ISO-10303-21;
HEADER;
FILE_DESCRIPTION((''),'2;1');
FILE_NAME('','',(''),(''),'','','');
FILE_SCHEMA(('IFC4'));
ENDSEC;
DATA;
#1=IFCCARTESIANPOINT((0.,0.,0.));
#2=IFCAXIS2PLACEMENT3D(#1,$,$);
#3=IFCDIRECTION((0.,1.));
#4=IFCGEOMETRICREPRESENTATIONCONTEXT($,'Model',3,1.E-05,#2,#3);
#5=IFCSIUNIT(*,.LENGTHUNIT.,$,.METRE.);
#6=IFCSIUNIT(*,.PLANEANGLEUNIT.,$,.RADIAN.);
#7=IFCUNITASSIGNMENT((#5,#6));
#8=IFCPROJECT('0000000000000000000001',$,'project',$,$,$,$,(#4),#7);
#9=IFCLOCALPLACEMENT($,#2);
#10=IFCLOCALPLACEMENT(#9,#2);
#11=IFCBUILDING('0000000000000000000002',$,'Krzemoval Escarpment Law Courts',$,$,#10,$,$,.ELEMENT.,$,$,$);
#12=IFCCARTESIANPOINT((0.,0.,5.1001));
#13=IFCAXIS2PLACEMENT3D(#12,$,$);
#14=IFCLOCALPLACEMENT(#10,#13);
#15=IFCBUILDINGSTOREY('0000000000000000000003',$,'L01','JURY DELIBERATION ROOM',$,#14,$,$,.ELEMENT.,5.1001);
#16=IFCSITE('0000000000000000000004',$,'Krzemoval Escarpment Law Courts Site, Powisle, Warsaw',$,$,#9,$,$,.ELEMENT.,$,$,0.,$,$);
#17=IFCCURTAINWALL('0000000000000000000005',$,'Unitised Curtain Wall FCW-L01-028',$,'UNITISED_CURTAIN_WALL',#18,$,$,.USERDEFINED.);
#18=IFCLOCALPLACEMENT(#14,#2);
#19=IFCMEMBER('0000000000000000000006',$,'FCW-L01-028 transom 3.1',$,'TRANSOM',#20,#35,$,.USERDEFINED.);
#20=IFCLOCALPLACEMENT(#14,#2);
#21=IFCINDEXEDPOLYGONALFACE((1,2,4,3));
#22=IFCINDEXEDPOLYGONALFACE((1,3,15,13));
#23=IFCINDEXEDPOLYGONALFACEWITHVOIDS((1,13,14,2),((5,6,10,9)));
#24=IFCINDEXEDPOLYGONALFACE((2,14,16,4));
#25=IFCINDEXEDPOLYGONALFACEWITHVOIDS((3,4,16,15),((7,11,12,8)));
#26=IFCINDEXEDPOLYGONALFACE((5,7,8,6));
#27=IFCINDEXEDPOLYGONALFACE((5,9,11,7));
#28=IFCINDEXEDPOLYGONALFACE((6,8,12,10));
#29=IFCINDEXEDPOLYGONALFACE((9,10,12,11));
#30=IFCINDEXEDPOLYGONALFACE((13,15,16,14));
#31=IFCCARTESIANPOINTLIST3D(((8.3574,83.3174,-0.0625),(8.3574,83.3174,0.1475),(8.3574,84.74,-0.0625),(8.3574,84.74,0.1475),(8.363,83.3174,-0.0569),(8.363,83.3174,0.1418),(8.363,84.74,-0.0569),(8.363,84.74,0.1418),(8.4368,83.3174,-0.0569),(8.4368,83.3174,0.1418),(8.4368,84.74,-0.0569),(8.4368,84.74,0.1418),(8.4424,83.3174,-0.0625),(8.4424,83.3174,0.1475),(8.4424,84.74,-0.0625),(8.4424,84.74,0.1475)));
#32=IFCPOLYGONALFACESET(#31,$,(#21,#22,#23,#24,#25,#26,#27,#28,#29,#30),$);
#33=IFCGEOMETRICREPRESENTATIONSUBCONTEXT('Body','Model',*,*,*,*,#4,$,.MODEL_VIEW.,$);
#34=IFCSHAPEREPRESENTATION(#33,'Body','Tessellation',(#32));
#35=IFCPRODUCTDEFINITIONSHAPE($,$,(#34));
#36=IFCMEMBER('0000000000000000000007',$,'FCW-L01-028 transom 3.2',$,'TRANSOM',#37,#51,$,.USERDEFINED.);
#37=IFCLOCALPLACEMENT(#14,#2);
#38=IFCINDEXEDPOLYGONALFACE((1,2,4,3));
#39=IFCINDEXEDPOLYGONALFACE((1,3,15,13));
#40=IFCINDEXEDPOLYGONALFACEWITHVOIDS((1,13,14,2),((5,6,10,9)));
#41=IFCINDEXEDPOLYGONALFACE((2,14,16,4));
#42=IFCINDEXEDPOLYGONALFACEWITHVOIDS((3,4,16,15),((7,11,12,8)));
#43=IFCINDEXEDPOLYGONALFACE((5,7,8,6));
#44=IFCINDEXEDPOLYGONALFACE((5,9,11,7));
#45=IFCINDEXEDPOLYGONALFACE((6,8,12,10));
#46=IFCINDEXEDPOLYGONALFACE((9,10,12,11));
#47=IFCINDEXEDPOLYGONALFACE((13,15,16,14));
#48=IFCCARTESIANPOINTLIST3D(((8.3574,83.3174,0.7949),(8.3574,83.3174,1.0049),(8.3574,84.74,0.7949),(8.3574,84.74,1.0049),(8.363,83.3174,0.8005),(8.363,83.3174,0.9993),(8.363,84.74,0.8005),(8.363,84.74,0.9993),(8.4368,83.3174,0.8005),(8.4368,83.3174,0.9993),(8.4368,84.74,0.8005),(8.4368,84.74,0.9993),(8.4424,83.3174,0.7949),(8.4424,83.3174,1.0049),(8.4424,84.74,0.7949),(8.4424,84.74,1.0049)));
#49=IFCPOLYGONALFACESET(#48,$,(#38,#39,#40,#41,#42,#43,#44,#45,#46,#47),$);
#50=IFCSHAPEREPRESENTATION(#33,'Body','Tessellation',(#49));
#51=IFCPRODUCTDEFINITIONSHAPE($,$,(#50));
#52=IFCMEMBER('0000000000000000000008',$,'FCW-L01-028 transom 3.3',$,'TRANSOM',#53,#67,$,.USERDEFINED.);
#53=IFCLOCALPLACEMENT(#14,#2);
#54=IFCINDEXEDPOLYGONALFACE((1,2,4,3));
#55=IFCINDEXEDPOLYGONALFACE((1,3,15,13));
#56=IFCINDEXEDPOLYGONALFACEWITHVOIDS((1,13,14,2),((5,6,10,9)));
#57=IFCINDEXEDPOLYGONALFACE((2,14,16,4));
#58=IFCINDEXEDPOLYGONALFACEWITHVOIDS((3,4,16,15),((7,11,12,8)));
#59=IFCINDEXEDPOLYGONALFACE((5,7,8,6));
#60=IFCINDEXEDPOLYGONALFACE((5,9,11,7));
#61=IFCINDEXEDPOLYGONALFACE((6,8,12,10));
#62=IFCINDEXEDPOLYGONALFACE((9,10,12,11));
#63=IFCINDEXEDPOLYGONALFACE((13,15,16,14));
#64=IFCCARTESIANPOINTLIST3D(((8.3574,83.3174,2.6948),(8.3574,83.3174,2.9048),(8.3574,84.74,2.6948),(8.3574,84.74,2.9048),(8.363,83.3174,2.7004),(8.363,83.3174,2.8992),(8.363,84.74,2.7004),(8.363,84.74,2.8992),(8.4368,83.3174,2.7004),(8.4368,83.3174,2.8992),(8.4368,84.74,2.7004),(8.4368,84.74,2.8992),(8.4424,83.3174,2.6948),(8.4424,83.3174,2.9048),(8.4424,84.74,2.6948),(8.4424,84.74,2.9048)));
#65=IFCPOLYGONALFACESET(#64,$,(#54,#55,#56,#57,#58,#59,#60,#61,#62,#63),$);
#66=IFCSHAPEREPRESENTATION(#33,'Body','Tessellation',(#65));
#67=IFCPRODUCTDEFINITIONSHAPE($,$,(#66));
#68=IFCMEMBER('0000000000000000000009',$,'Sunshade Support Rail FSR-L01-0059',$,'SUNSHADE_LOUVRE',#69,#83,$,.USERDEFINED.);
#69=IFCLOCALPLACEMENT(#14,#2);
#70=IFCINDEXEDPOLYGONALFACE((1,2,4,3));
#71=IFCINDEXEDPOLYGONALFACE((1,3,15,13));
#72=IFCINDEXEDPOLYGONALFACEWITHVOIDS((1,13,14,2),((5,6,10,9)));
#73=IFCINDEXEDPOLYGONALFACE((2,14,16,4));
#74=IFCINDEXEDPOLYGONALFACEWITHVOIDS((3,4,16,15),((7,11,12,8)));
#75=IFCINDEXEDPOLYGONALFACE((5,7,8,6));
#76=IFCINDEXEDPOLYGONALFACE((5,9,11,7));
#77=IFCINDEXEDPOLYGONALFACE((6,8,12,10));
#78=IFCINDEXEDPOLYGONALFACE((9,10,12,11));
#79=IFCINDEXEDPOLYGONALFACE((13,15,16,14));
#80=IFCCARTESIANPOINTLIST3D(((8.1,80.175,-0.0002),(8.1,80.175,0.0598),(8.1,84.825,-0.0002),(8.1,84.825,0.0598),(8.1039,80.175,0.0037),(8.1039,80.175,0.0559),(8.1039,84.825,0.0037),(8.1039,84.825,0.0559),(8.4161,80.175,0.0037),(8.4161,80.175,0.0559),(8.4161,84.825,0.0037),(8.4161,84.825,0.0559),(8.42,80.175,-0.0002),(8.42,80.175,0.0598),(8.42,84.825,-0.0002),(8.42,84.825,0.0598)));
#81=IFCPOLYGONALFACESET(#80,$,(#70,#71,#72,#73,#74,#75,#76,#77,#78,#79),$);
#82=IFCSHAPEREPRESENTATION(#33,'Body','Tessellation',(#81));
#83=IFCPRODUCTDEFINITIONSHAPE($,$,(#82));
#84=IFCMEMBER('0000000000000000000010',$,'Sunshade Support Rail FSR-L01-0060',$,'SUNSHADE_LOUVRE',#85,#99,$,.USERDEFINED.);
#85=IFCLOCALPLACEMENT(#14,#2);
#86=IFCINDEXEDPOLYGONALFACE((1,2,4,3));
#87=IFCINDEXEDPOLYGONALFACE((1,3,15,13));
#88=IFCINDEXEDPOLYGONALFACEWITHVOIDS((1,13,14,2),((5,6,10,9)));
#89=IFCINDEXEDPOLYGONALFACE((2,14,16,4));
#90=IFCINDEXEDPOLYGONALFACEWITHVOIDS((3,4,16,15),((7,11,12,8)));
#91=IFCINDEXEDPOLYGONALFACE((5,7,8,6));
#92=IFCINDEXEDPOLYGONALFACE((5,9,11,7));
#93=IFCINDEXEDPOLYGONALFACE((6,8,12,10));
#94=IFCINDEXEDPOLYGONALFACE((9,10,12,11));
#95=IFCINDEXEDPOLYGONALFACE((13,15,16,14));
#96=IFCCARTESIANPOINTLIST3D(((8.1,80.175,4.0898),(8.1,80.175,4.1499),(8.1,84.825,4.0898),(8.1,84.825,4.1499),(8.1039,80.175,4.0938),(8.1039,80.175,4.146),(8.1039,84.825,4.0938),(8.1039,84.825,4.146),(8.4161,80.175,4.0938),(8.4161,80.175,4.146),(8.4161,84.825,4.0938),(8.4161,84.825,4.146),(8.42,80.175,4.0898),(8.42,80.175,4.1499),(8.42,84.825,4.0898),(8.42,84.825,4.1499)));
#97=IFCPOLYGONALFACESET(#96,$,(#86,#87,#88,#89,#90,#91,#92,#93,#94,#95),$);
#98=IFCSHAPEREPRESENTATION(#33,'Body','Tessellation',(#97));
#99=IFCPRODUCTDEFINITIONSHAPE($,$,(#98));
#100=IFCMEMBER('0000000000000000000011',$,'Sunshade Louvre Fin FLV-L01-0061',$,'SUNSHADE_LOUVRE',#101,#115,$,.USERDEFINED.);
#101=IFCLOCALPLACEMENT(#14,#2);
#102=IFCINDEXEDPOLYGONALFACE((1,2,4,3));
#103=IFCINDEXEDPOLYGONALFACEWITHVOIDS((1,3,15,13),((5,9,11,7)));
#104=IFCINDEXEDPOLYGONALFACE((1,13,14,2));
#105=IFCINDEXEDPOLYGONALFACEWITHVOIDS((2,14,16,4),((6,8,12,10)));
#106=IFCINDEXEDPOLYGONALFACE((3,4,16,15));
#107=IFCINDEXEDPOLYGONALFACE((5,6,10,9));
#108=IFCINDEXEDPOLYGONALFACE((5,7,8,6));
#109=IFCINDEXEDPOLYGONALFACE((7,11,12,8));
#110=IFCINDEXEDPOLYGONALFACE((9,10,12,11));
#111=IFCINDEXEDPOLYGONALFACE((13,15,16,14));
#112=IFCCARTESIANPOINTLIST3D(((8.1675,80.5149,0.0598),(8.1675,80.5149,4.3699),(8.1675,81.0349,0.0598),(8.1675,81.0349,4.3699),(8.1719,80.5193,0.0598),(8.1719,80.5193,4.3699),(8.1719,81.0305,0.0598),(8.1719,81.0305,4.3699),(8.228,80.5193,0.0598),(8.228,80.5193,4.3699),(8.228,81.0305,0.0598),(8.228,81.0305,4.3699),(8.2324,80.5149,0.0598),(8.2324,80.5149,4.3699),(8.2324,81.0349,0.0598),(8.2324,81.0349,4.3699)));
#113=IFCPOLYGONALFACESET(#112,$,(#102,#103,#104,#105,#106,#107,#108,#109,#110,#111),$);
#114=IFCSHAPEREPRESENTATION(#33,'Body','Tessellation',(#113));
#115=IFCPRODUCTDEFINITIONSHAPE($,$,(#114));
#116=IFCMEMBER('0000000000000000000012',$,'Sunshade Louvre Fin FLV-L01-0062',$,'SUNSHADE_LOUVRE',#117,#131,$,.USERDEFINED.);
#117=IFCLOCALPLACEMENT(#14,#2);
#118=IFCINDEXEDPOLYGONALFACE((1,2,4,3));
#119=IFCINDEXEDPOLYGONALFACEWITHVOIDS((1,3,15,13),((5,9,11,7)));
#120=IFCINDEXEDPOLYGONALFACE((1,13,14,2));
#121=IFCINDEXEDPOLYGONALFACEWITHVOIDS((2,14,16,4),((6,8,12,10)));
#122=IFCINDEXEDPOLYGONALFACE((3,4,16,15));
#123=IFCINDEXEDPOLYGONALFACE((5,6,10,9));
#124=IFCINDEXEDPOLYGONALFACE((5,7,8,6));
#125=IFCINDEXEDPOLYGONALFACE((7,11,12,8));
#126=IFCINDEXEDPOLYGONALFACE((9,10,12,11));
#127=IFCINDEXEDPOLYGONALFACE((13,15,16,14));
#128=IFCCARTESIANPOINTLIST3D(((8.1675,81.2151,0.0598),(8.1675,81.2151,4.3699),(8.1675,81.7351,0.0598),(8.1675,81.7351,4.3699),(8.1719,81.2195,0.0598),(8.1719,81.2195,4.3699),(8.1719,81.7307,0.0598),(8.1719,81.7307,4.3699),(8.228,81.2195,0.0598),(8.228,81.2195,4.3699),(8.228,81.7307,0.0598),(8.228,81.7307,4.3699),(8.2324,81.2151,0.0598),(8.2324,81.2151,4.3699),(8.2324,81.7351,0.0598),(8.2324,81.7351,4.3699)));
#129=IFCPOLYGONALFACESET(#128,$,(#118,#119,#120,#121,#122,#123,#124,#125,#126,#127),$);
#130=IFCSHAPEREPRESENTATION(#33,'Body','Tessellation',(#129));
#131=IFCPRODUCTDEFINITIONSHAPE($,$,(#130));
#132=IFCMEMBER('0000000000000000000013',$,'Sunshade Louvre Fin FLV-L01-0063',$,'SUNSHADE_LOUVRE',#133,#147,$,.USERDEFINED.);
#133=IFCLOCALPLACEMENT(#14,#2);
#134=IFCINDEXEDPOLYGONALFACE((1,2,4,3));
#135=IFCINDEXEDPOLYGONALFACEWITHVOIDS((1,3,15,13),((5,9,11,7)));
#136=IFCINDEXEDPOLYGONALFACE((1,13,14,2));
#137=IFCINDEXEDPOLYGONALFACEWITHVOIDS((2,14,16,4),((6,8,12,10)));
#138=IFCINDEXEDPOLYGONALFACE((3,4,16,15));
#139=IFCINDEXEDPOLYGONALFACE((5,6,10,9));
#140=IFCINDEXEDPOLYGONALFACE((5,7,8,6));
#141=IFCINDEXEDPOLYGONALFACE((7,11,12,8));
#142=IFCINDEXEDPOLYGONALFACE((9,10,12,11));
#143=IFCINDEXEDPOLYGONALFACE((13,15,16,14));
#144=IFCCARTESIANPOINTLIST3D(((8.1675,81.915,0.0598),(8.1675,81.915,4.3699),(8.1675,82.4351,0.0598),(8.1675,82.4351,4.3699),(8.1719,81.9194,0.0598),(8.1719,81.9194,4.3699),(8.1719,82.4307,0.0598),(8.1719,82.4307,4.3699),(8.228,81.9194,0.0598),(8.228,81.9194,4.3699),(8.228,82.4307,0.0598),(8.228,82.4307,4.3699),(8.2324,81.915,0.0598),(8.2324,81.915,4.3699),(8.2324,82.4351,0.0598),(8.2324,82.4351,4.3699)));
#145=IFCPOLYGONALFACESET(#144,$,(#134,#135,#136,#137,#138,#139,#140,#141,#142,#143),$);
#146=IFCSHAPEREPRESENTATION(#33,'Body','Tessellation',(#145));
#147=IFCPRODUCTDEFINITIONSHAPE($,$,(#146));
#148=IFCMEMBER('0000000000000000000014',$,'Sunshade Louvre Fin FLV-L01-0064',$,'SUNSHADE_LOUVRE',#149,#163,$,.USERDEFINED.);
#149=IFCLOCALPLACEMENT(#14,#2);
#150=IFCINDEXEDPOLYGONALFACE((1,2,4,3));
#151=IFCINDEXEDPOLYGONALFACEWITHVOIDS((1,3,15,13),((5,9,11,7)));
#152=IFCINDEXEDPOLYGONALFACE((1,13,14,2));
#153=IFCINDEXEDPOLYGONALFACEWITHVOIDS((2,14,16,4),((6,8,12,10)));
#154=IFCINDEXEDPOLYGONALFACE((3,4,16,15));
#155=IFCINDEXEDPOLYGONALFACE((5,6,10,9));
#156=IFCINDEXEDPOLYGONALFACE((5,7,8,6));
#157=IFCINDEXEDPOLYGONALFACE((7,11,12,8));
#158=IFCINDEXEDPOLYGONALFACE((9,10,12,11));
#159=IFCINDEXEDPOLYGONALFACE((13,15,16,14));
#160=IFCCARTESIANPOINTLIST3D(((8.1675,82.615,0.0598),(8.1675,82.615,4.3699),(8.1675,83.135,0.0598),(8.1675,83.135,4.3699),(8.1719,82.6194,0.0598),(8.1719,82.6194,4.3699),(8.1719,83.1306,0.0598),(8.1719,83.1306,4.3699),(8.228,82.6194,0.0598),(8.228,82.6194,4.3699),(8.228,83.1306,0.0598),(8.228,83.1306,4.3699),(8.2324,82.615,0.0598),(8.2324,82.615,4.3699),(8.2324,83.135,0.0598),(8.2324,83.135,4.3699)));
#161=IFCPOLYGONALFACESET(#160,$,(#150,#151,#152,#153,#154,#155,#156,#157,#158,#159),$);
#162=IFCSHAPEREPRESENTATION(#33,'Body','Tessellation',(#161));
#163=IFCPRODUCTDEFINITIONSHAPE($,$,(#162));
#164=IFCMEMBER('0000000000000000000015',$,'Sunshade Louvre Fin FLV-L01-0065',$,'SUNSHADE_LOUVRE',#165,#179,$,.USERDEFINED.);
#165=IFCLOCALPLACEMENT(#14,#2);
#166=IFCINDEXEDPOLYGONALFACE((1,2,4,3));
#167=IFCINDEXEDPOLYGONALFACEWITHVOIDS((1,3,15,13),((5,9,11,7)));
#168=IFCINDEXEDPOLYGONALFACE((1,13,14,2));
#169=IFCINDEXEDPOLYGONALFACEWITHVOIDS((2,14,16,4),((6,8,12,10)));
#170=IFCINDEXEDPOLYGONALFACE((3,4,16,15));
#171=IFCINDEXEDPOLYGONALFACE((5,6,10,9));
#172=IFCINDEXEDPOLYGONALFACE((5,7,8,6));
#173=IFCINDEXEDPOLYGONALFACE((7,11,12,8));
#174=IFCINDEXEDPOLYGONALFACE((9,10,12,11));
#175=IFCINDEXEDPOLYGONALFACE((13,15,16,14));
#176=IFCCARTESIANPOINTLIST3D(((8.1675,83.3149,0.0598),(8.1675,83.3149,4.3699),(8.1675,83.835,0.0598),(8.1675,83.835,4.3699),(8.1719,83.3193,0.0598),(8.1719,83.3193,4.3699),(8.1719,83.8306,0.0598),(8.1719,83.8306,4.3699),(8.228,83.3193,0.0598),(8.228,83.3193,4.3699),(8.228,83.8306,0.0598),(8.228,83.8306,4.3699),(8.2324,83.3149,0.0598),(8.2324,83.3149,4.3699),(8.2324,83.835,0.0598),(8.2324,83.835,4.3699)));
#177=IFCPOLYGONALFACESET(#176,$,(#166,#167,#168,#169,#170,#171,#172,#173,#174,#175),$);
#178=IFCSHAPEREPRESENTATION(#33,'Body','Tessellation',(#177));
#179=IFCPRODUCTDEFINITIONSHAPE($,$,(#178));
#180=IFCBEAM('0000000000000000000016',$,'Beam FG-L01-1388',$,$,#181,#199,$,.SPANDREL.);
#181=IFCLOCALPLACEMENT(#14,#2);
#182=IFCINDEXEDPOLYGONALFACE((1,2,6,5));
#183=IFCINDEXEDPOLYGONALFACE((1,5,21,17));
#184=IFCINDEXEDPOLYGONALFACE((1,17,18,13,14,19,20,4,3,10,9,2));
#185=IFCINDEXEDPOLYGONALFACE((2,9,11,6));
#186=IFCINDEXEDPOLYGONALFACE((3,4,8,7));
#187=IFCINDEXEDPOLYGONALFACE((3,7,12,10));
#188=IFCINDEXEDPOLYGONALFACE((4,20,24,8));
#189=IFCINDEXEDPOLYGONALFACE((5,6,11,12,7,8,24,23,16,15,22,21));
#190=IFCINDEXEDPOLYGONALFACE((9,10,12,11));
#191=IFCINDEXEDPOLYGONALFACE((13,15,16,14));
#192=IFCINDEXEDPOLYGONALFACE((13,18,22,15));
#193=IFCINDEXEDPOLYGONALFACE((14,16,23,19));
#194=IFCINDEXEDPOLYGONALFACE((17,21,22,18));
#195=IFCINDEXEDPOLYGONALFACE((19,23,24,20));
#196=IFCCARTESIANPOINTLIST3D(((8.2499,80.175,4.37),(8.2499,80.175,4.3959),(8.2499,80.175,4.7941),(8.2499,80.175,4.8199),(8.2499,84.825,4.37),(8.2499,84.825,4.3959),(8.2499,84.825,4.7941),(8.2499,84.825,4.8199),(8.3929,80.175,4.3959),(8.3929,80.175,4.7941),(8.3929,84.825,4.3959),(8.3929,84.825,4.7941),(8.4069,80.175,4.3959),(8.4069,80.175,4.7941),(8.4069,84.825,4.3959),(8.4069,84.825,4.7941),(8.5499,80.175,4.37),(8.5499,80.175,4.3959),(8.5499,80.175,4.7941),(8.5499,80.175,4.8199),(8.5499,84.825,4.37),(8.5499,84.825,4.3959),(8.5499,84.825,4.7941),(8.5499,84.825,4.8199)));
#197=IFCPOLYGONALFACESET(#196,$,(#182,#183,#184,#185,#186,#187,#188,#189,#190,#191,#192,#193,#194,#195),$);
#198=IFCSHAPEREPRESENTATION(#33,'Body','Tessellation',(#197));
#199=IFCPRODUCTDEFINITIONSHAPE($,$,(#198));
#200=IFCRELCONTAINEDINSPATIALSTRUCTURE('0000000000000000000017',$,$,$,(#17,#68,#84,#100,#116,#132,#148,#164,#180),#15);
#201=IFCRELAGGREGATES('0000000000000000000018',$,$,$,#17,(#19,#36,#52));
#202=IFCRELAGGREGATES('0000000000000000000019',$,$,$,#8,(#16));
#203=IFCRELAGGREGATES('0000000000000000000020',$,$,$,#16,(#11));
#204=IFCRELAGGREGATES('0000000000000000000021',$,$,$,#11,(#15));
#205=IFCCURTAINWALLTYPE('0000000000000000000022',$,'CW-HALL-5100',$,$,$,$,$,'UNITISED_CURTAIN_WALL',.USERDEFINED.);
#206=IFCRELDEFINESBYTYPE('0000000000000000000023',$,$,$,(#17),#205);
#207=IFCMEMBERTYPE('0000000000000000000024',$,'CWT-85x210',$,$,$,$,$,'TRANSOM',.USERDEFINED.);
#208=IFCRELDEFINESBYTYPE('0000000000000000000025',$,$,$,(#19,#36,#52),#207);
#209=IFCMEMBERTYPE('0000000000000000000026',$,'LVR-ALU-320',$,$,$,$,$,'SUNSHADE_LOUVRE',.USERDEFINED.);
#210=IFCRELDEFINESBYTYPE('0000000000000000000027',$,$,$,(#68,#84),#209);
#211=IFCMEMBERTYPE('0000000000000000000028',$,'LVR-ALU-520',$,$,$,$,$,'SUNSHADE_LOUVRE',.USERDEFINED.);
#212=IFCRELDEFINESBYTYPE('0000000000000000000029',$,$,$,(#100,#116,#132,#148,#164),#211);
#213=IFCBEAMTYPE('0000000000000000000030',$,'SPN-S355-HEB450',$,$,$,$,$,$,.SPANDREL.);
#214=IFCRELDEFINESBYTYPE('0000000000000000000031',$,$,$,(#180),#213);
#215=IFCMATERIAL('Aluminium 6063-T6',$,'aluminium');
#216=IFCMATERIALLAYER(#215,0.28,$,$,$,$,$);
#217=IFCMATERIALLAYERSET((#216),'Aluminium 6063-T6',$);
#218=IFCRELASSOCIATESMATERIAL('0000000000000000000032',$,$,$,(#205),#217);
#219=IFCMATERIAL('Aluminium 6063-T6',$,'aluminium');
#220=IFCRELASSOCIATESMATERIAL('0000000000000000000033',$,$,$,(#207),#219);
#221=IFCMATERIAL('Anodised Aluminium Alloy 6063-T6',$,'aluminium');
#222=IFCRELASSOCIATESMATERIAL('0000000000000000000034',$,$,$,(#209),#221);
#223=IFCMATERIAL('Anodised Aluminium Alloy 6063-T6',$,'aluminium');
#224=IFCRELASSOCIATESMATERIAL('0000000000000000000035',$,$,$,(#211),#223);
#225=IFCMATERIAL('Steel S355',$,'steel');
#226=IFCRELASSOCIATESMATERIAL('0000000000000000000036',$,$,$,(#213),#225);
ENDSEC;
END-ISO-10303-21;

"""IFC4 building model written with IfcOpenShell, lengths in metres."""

from ifc_helpers import new_model, si_unit, direction, frame, origin, origin_2d, place, context, subcontext, project, spatial, hollow_rectangle, i_section, extrude, material, layer, layer_set, material_profile, profile_set, type_object, element, aggregate, save


model = new_model("IFC4")

# Units and contexts
model_context = context("Model", 3, precision=1e-05, world=origin(), true_north=direction((0.0, 1.0)))
body_context = subcontext(model_context, "Body", "Model", "MODEL_VIEW")
ifc_project = project(units=[si_unit("LENGTHUNIT", "METRE"), si_unit("PLANEANGLEUNIT", "RADIAN")], contexts=[model_context])

# Site, building, storey
site_placement = place(None, origin())
site = spatial("IfcSite", under=ifc_project, at=site_placement, Name="Krzemoval Escarpment Law Courts Site, Powisle, Warsaw", CompositionType="ELEMENT", RefElevation=0.0)
building_placement = place(site_placement, origin())
building = spatial("IfcBuilding", under=site, at=building_placement, Name="Krzemoval Escarpment Law Courts", CompositionType="ELEMENT")
storey_placement = place(building_placement, frame((0.0, 0.0, 5.1001)))
storey = spatial("IfcBuildingStorey", under=building, at=storey_placement, Name="L01", Description="JURY DELIBERATION ROOM", CompositionType="ELEMENT", Elevation=5.1001)

# Curtain wall, members
ifc_material_1 = material(Name="Aluminium 6063-T6", Category="aluminium")
ifc_layer_1 = layer(ifc_material_1, 0.28)
ifc_layer_set_1 = layer_set([ifc_layer_1], Name="Aluminium 6063-T6")
curtain_wall_type = type_object("IfcCurtainWallType", Name="CW-HALL-5100", ElementType="UNITISED_CURTAIN_WALL", PredefinedType="USERDEFINED", material=ifc_layer_set_1)
curtain_wall_placement = place(storey_placement, origin())
curtain_wall = element("IfcCurtainWall", 1, at=curtain_wall_placement, inside=storey, type_object=curtain_wall_type, Name="Unitised Curtain Wall FCW-L01-028", ObjectType="UNITISED_CURTAIN_WALL", PredefinedType="USERDEFINED")
ifc_material_2 = material(Name="Aluminium 6063-T6", Category="aluminium")
ifc_material_profile_1 = material_profile(ifc_material_2, hollow_rectangle(XDim=0.085, YDim=0.21, WallThickness=0.0056, at=origin_2d()), Name="ALU T85x210")
ifc_profile_set_1 = profile_set([ifc_material_profile_1], Name="Aluminium 6063-T6")
member_type_1 = type_object("IfcMemberType", Name="CWT-85x210", ElementType="TRANSOM", PredefinedType="USERDEFINED", material=ifc_profile_set_1)
member_1_placement = place(storey_placement, frame((8.3999, 83.3174, 0.0425), z_axis=(0.0, 1.0, 0.0), x_axis=(-1.0, 0.0, 0.0)))
member_1 = element("IfcMember", 2, at=member_1_placement, type_object=member_type_1, Name="FCW-L01-028 transom 3.1", ObjectType="TRANSOM", PredefinedType="USERDEFINED", context=body_context, shape_type="SweptSolid", body=[
    extrude(hollow_rectangle(XDim=0.085, YDim=0.21, WallThickness=0.0056, at=origin_2d()), origin(), (0.0, 0.0, 1.0), 1.4226),
])
member_2_placement = place(storey_placement, frame((8.3999, 83.3174, 0.8999), z_axis=(0.0, 1.0, 0.0), x_axis=(-1.0, 0.0, 0.0)))
member_2 = element("IfcMember", 3, at=member_2_placement, type_object=member_type_1, Name="FCW-L01-028 transom 3.2", ObjectType="TRANSOM", PredefinedType="USERDEFINED", context=body_context, shape_type="SweptSolid", body=[
    extrude(hollow_rectangle(XDim=0.085, YDim=0.21, WallThickness=0.0056, at=origin_2d()), origin(), (0.0, 0.0, 1.0), 1.4226),
])
member_3_placement = place(storey_placement, frame((8.3999, 83.3174, 2.7998), z_axis=(0.0, 1.0, 0.0), x_axis=(-1.0, 0.0, 0.0)))
member_3 = element("IfcMember", 4, at=member_3_placement, type_object=member_type_1, Name="FCW-L01-028 transom 3.3", ObjectType="TRANSOM", PredefinedType="USERDEFINED", context=body_context, shape_type="SweptSolid", body=[
    extrude(hollow_rectangle(XDim=0.085, YDim=0.21, WallThickness=0.0056, at=origin_2d()), origin(), (0.0, 0.0, 1.0), 1.4226),
])

# Members
ifc_material_3 = material(Name="Anodised Aluminium Alloy 6063-T6", Category="aluminium")
ifc_material_profile_2 = material_profile(ifc_material_3, hollow_rectangle(XDim=0.0601, YDim=0.3201, WallThickness=0.0039, at=origin_2d()), Name="ALU LVR 60x320")
ifc_profile_set_2 = profile_set([ifc_material_profile_2], Name="Anodised Aluminium Alloy 6063-T6")
member_type_2 = type_object("IfcMemberType", Name="LVR-ALU-320", ElementType="SUNSHADE_LOUVRE", PredefinedType="USERDEFINED", material=ifc_profile_set_2)
for number, where, z_axis, x_axis, name in (
    (5, (8.26, 80.175, 0.0298), (0.0, 1.0, 0.0), (0.0, 0.0, 1.0), "Sunshade Support Rail FSR-L01-0059"),
    (6, (8.26, 80.175, 4.1199), (0.0, 1.0, 0.0), (0.0, 0.0, 1.0), "Sunshade Support Rail FSR-L01-0060"),
):
    element("IfcMember", number, at=place(storey_placement, frame(where, z_axis=z_axis, x_axis=x_axis)), inside=storey, type_object=member_type_2, Name=name, ObjectType="SUNSHADE_LOUVRE", PredefinedType="USERDEFINED", context=body_context, shape_type="SweptSolid", body=[
        extrude(hollow_rectangle(XDim=0.0601, YDim=0.3201, WallThickness=0.0039, at=origin_2d()), origin(), (0.0, 0.0, 1.0), 4.6499),
    ])
ifc_material_4 = material(Name="Anodised Aluminium Alloy 6063-T6", Category="aluminium")
ifc_material_profile_3 = material_profile(ifc_material_4, hollow_rectangle(XDim=0.0649, YDim=0.52, WallThickness=0.0044, at=origin_2d()), Name="ALU LVR 65x520")
ifc_profile_set_3 = profile_set([ifc_material_profile_3], Name="Anodised Aluminium Alloy 6063-T6")
member_type_3 = type_object("IfcMemberType", Name="LVR-ALU-520", ElementType="SUNSHADE_LOUVRE", PredefinedType="USERDEFINED", material=ifc_profile_set_3)
for number, where, z_axis, x_axis, name in (
    (7, (8.2, 80.7749, 0.0598), (0.0, 0.0, 1.0), (1.0, 0.0, 0.0), "Sunshade Louvre Fin FLV-L01-0061"),
    (8, (8.2, 81.4751, 0.0598), (0.0, 0.0, 1.0), (1.0, 0.0, 0.0), "Sunshade Louvre Fin FLV-L01-0062"),
    (9, (8.2, 82.175, 0.0598), (0.0, 0.0, 1.0), (1.0, 0.0, 0.0), "Sunshade Louvre Fin FLV-L01-0063"),
    (10, (8.2, 82.875, 0.0598), (0.0, 0.0, 1.0), (1.0, 0.0, 0.0), "Sunshade Louvre Fin FLV-L01-0064"),
    (11, (8.2, 83.575, 0.0598), (0.0, 0.0, 1.0), (1.0, 0.0, 0.0), "Sunshade Louvre Fin FLV-L01-0065"),
):
    element("IfcMember", number, at=place(storey_placement, frame(where, z_axis=z_axis, x_axis=x_axis)), inside=storey, type_object=member_type_3, Name=name, ObjectType="SUNSHADE_LOUVRE", PredefinedType="USERDEFINED", context=body_context, shape_type="SweptSolid", body=[
        extrude(hollow_rectangle(XDim=0.0649, YDim=0.52, WallThickness=0.0044, at=origin_2d()), origin(), (0.0, 0.0, 1.0), 4.3101),
    ])

# Beam
ifc_material_5 = material(Name="Steel S355", Category="steel")
ifc_material_profile_4 = material_profile(ifc_material_5, i_section(OverallWidth=0.3, OverallDepth=0.45, WebThickness=0.0139, FlangeThickness=0.0259, at=origin_2d()), Name="HEB 450")
ifc_profile_set_4 = profile_set([ifc_material_profile_4], Name="Steel S355")
beam_type = type_object("IfcBeamType", Name="SPN-S355-HEB450", PredefinedType="SPANDREL", material=ifc_profile_set_4)
beam_placement = place(storey_placement, frame((8.3999, 80.175, 4.595), z_axis=(0.0, 1.0, 0.0), x_axis=(-1.0, 0.0, 0.0)))
element("IfcBeam", 12, at=beam_placement, inside=storey, type_object=beam_type, Name="Beam FG-L01-1388", PredefinedType="SPANDREL", context=body_context, shape_type="SweptSolid", body=[
    extrude(i_section(OverallWidth=0.3, OverallDepth=0.45, WebThickness=0.0139, FlangeThickness=0.0259, at=origin_2d()), origin(), (0.0, 0.0, 1.0), 4.6499),
])

aggregate(curtain_wall, [member_1, member_2, member_3])

save(model, "model.ifc")
